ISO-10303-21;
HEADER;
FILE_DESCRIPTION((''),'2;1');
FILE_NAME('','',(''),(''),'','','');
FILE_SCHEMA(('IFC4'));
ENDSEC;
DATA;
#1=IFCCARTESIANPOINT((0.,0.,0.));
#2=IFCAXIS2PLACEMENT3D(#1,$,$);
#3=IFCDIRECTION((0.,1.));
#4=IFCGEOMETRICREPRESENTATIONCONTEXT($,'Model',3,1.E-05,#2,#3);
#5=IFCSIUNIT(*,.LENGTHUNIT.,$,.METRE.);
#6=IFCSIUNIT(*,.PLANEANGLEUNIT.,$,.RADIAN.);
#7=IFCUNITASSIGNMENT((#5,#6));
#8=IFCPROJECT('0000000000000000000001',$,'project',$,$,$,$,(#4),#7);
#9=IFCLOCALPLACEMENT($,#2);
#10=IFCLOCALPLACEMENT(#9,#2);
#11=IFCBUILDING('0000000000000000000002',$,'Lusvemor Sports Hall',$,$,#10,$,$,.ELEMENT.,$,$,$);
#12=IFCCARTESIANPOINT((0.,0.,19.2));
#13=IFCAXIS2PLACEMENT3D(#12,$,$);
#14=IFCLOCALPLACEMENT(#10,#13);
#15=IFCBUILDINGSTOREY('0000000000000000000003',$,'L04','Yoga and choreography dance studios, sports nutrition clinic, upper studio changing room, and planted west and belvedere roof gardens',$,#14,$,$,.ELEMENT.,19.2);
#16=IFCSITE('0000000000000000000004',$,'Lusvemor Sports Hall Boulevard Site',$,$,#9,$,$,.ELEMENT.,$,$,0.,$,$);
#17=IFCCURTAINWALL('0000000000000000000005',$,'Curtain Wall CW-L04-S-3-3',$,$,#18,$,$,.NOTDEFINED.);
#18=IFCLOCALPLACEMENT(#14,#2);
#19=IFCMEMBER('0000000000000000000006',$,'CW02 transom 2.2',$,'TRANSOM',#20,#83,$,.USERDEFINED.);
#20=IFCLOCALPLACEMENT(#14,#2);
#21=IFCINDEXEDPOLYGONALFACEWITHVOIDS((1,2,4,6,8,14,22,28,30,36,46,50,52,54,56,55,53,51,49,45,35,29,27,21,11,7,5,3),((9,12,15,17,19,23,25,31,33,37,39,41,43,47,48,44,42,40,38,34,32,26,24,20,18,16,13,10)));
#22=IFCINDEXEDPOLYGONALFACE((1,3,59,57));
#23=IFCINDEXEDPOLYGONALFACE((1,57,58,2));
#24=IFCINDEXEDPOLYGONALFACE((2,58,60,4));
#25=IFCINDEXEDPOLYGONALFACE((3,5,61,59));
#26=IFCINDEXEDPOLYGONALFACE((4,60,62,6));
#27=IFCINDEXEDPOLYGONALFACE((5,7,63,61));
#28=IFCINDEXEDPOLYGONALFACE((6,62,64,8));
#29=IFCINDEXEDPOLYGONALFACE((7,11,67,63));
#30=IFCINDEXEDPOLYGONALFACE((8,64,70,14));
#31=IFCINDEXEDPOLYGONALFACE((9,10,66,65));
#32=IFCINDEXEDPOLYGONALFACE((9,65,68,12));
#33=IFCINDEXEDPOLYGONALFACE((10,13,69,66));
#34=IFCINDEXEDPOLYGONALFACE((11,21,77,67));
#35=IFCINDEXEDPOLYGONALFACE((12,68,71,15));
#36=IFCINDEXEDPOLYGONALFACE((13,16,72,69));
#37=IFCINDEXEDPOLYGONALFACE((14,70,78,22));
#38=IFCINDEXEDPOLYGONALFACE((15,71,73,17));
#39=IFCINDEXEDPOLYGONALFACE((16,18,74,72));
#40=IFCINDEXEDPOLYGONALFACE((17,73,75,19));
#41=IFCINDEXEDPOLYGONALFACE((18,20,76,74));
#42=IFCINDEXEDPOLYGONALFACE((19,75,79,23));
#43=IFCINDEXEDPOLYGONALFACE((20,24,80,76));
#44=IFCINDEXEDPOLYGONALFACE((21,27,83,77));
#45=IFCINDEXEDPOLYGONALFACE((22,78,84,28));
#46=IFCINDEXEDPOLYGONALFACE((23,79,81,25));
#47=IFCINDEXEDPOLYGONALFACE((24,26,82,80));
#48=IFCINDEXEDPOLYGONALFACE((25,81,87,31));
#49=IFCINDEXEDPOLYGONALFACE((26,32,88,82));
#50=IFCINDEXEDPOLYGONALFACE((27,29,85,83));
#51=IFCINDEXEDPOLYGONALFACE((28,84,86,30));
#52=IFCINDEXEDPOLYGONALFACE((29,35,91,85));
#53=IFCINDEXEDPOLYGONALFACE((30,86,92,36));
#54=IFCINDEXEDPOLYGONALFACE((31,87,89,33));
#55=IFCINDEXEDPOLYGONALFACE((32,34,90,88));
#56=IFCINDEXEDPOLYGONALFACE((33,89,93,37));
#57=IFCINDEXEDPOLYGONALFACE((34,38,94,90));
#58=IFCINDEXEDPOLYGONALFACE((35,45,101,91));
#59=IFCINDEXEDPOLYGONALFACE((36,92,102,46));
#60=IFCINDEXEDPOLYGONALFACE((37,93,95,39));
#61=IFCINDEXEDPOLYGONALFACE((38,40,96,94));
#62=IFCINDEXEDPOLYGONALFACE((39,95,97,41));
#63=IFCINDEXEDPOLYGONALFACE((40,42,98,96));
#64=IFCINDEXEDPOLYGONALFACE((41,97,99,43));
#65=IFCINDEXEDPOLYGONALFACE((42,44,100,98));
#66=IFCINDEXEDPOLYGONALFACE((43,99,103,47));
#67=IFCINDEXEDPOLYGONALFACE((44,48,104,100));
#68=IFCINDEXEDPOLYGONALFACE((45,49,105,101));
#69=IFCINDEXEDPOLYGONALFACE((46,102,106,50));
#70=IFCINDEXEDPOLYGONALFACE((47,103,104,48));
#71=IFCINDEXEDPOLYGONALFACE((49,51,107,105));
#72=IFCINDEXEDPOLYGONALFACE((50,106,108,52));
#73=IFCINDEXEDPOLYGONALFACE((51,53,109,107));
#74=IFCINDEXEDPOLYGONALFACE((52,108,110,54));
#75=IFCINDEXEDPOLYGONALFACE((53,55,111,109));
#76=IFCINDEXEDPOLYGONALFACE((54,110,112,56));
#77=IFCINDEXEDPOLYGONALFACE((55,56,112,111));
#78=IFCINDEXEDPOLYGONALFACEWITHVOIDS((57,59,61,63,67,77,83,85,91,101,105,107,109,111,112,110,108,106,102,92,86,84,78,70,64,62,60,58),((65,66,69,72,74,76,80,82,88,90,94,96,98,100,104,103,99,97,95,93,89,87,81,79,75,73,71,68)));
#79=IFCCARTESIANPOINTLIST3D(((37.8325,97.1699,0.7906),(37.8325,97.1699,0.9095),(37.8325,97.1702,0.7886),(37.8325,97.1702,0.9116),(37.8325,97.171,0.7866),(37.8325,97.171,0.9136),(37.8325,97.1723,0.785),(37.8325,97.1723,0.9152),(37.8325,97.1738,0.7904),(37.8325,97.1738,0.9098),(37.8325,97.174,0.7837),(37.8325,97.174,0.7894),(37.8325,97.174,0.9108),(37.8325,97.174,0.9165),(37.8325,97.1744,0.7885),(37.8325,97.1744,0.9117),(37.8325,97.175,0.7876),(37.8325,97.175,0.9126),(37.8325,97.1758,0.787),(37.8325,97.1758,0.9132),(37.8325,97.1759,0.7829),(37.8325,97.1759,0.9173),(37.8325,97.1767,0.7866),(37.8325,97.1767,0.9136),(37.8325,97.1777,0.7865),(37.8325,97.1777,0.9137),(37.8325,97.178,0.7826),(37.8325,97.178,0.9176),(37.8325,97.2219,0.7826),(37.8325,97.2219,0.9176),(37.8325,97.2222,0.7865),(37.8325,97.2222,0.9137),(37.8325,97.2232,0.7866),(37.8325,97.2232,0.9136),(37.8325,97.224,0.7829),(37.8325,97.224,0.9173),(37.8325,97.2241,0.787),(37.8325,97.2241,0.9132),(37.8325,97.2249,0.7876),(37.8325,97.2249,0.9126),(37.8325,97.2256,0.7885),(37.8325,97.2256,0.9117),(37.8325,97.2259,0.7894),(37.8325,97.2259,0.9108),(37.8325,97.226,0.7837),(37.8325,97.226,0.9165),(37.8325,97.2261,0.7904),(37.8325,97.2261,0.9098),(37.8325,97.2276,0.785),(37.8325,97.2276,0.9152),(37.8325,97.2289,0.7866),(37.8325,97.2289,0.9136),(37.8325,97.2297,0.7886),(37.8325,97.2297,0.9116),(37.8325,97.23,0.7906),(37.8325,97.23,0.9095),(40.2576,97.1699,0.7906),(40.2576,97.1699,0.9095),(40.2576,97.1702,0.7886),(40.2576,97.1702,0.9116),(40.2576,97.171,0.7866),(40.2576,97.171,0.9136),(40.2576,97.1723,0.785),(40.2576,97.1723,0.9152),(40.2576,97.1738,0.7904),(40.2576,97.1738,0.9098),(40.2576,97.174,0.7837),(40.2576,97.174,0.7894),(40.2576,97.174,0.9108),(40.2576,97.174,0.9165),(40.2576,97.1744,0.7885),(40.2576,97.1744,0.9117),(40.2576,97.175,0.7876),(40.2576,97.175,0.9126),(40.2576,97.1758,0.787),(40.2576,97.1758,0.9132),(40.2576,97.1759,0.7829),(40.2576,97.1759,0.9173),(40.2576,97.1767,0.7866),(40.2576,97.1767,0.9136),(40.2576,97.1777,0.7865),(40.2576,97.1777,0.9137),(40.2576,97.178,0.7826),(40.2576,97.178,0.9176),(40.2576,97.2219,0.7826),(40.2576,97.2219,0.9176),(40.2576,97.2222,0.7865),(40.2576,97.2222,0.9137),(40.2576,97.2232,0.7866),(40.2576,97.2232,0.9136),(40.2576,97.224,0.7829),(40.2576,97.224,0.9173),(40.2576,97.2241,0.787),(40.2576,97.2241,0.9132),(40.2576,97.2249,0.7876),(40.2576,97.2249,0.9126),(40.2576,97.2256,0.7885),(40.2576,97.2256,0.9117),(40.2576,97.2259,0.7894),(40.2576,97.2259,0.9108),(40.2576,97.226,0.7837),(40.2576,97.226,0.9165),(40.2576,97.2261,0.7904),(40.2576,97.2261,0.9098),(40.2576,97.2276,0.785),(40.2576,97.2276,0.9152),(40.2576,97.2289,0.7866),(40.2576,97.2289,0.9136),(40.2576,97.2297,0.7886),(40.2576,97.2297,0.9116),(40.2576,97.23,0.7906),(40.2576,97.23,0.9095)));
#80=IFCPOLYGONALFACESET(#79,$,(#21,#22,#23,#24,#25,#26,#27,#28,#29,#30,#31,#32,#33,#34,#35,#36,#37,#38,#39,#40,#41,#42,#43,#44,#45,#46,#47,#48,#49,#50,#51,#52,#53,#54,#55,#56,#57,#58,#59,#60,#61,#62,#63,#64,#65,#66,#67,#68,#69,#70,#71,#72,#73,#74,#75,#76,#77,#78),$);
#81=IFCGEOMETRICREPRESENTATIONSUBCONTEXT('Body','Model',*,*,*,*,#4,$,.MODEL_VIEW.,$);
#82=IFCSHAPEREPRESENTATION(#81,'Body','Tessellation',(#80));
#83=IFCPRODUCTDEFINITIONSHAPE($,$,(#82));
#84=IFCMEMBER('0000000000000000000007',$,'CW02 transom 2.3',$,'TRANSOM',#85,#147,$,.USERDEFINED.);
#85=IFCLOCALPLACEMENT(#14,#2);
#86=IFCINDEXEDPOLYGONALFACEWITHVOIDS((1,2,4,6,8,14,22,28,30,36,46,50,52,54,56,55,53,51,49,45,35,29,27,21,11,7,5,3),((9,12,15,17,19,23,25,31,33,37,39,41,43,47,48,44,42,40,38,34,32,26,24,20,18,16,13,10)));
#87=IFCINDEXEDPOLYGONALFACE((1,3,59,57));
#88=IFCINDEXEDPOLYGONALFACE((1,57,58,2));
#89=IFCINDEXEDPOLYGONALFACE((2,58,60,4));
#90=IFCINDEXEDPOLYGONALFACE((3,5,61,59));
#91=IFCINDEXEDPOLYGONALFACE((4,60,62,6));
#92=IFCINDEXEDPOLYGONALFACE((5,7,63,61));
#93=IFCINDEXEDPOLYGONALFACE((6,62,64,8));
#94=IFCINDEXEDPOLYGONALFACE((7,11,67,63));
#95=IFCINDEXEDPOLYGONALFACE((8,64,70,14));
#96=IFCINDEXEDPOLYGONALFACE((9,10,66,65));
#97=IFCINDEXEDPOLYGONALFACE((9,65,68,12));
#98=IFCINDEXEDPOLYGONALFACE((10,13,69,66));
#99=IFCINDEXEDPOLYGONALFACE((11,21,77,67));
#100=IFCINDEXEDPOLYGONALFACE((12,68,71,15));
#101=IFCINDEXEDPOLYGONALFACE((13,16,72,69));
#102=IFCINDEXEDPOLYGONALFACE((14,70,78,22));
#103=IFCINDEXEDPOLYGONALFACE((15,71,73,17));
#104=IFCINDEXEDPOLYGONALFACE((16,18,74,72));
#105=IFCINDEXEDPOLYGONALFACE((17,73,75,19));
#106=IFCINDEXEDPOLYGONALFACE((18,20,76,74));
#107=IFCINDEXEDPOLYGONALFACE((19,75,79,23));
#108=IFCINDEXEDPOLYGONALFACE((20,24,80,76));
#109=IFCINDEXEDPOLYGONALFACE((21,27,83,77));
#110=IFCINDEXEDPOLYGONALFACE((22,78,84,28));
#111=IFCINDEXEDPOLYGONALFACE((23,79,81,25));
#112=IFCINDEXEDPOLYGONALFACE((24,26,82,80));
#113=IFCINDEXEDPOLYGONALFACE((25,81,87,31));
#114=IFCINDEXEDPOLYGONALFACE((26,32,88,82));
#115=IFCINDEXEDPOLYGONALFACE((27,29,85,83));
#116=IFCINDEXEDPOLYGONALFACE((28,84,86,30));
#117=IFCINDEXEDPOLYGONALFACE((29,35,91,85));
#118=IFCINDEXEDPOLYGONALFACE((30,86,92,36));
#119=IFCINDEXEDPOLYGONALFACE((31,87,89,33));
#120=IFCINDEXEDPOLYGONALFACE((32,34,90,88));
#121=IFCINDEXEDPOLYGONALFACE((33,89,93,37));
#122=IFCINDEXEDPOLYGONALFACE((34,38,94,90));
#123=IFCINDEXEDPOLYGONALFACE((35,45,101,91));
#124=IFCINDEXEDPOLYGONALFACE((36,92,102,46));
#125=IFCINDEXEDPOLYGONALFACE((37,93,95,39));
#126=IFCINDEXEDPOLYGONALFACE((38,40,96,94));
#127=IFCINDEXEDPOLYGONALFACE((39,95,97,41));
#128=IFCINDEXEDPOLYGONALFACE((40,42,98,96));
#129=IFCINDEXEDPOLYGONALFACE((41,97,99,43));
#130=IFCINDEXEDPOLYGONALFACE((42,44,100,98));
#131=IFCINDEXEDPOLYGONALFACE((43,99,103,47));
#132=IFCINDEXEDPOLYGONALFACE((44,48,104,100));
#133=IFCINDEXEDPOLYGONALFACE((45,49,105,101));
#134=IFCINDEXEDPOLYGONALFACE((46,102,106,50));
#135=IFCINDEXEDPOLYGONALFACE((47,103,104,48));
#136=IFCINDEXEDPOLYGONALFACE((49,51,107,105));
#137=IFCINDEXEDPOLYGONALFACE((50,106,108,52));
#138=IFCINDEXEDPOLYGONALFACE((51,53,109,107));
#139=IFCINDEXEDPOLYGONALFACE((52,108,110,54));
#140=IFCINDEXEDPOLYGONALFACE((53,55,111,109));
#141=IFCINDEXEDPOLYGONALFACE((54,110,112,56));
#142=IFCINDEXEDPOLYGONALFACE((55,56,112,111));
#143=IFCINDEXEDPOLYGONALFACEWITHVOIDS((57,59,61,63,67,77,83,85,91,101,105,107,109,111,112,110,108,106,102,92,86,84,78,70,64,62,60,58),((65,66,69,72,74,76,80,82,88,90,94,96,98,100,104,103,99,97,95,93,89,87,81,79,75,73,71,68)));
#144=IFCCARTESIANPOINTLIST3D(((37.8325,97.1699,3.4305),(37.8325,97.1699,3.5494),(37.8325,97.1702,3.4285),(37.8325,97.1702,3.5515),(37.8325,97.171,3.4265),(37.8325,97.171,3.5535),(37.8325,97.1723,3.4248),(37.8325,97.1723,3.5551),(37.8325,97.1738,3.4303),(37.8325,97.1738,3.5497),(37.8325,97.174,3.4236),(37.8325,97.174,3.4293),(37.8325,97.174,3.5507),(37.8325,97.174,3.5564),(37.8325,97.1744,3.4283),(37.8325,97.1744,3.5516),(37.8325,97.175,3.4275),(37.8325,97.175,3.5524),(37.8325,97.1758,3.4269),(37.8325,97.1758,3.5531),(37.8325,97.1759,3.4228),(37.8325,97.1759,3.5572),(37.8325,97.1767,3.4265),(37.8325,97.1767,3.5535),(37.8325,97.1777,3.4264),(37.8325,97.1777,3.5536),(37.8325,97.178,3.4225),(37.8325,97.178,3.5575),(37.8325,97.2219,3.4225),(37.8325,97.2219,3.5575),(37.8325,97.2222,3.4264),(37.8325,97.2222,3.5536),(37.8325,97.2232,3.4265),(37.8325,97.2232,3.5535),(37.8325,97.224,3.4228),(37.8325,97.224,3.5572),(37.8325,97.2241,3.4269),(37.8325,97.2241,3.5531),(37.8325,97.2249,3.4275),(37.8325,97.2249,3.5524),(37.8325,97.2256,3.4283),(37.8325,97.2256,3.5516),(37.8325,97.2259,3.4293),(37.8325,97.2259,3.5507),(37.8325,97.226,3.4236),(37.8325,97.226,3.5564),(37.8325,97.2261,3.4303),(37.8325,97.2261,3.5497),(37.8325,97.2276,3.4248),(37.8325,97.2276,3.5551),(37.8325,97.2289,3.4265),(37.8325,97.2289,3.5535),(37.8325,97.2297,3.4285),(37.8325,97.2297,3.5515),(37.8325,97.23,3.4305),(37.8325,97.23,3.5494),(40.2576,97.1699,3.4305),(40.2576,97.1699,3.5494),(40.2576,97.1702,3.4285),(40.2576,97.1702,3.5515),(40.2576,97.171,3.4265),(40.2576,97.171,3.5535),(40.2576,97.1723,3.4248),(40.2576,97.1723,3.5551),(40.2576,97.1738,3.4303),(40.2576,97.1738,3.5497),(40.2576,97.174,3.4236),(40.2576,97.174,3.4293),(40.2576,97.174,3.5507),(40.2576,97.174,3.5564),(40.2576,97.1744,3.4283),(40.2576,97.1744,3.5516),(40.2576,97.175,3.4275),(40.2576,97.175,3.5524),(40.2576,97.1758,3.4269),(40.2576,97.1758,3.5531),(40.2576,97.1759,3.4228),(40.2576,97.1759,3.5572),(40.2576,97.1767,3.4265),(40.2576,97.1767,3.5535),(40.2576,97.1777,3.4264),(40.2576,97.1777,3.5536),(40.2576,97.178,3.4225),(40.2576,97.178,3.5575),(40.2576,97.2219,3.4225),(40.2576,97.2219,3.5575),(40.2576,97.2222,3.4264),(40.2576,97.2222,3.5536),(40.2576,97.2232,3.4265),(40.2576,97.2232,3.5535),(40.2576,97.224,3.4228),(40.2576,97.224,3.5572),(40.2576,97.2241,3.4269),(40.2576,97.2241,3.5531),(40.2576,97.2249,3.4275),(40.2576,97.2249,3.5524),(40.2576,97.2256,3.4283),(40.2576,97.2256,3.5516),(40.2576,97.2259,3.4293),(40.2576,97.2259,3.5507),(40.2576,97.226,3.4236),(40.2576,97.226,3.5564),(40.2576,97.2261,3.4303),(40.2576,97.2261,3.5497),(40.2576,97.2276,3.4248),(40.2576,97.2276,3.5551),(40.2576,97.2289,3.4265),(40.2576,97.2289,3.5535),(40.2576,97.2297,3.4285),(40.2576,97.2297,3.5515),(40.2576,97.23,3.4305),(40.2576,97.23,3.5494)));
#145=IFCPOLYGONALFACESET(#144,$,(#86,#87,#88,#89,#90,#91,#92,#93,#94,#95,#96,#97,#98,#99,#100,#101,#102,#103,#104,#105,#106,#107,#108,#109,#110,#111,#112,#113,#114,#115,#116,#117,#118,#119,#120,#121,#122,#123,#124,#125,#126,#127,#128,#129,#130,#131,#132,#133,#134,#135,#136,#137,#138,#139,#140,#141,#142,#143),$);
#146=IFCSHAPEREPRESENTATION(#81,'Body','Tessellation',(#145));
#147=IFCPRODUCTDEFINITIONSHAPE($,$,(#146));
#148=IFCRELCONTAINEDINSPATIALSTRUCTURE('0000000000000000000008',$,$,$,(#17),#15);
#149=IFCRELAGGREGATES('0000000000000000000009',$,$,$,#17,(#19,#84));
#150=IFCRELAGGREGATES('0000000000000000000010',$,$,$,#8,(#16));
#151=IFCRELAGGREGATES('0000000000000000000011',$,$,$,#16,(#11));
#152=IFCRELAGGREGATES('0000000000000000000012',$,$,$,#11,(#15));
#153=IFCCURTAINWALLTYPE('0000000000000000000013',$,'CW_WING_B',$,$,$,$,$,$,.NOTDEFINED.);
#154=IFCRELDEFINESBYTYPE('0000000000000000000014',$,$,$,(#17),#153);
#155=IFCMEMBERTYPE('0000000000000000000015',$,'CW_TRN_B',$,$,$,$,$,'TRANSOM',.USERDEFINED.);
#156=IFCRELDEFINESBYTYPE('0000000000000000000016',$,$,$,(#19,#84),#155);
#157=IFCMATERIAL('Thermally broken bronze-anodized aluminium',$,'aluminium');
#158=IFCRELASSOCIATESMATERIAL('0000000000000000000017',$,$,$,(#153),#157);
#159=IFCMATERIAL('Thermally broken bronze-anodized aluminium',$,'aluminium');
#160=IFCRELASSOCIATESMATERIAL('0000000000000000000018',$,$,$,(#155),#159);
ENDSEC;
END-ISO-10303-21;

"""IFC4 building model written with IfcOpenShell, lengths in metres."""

from ifc_helpers import new_model, si_unit, direction, frame, origin, origin_2d, place, context, subcontext, project, spatial, hollow_rectangle, extrude, material, material_profile, profile_set, type_object, element, aggregate, save


model = new_model("IFC4")

# Units and contexts
model_context = context("Model", 3, precision=1e-05, world=origin(), true_north=direction((0.0, 1.0)))
body_context = subcontext(model_context, "Body", "Model", "MODEL_VIEW")
ifc_project = project(units=[si_unit("LENGTHUNIT", "METRE"), si_unit("PLANEANGLEUNIT", "RADIAN")], contexts=[model_context])

# Site, building, storey
site_placement = place(None, origin())
site = spatial("IfcSite", under=ifc_project, at=site_placement, Name="Lusvemor Sports Hall Boulevard Site", CompositionType="ELEMENT", RefElevation=0.0)
building_placement = place(site_placement, origin())
building = spatial("IfcBuilding", under=site, at=building_placement, Name="Lusvemor Sports Hall", CompositionType="ELEMENT")
storey_placement = place(building_placement, frame((0.0, 0.0, 19.2)))
storey = spatial("IfcBuildingStorey", under=building, at=storey_placement, Name="L04", Description="Yoga and choreography dance studios, sports nutrition clinic, upper studio changing room, and planted west and belvedere roof gardens", CompositionType="ELEMENT", Elevation=19.2)

# Shared definitions
ifc_material_1 = material(Name="Thermally broken bronze-anodized aluminium", Category="aluminium")
curtain_wall_type = type_object("IfcCurtainWallType", Name="CW_WING_B", PredefinedType="NOTDEFINED", material=ifc_material_1)

# Curtain wall, members
curtain_wall_1_placement = place(storey_placement, origin())
curtain_wall_1 = element("IfcCurtainWall", 1, at=curtain_wall_1_placement, inside=storey, type_object=curtain_wall_type, Name="Curtain Wall CW-L04-S-3-3", PredefinedType="NOTDEFINED")
ifc_material_2 = material(Name="Thermally broken bronze-anodized aluminium", Category="aluminium")
ifc_material_profile_1 = material_profile(ifc_material_2, hollow_rectangle(XDim=0.0601, YDim=0.135, WallThickness=0.0039, InnerFilletRadius=0.0039, OuterFilletRadius=0.0081, at=origin_2d()), Name="CWTRN135x60x4")
ifc_profile_set_1 = profile_set([ifc_material_profile_1], Name="Thermally broken bronze-anodized aluminium")
member_type_1 = type_object("IfcMemberType", Name="CW_TRN_B", ElementType="TRANSOM", PredefinedType="USERDEFINED", material=ifc_profile_set_1)
member_1_placement = place(storey_placement, frame((40.2576, 97.2, 0.8501), z_axis=(-1.0, 0.0, 0.0), x_axis=(0.0, -1.0, 0.0)))
member_1 = element("IfcMember", 2, at=member_1_placement, type_object=member_type_1, Name="CW02 transom 2.2", ObjectType="TRANSOM", PredefinedType="USERDEFINED", context=body_context, shape_type="SweptSolid", body=[
    extrude(hollow_rectangle(XDim=0.0601, YDim=0.135, WallThickness=0.0039, InnerFilletRadius=0.0039, OuterFilletRadius=0.0081, at=origin_2d()), origin(), (0.0, 0.0, 1.0), 2.425),
])
member_2_placement = place(storey_placement, frame((40.2576, 97.2, 3.49), z_axis=(-1.0, 0.0, 0.0), x_axis=(0.0, -1.0, 0.0)))
member_2 = element("IfcMember", 3, at=member_2_placement, type_object=member_type_1, Name="CW02 transom 2.3", ObjectType="TRANSOM", PredefinedType="USERDEFINED", context=body_context, shape_type="SweptSolid", body=[
    extrude(hollow_rectangle(XDim=0.0601, YDim=0.135, WallThickness=0.0039, InnerFilletRadius=0.0039, OuterFilletRadius=0.0081, at=origin_2d()), origin(), (0.0, 0.0, 1.0), 2.425),
])

aggregate(curtain_wall_1, [member_1, member_2])

save(model, "model.ifc")
